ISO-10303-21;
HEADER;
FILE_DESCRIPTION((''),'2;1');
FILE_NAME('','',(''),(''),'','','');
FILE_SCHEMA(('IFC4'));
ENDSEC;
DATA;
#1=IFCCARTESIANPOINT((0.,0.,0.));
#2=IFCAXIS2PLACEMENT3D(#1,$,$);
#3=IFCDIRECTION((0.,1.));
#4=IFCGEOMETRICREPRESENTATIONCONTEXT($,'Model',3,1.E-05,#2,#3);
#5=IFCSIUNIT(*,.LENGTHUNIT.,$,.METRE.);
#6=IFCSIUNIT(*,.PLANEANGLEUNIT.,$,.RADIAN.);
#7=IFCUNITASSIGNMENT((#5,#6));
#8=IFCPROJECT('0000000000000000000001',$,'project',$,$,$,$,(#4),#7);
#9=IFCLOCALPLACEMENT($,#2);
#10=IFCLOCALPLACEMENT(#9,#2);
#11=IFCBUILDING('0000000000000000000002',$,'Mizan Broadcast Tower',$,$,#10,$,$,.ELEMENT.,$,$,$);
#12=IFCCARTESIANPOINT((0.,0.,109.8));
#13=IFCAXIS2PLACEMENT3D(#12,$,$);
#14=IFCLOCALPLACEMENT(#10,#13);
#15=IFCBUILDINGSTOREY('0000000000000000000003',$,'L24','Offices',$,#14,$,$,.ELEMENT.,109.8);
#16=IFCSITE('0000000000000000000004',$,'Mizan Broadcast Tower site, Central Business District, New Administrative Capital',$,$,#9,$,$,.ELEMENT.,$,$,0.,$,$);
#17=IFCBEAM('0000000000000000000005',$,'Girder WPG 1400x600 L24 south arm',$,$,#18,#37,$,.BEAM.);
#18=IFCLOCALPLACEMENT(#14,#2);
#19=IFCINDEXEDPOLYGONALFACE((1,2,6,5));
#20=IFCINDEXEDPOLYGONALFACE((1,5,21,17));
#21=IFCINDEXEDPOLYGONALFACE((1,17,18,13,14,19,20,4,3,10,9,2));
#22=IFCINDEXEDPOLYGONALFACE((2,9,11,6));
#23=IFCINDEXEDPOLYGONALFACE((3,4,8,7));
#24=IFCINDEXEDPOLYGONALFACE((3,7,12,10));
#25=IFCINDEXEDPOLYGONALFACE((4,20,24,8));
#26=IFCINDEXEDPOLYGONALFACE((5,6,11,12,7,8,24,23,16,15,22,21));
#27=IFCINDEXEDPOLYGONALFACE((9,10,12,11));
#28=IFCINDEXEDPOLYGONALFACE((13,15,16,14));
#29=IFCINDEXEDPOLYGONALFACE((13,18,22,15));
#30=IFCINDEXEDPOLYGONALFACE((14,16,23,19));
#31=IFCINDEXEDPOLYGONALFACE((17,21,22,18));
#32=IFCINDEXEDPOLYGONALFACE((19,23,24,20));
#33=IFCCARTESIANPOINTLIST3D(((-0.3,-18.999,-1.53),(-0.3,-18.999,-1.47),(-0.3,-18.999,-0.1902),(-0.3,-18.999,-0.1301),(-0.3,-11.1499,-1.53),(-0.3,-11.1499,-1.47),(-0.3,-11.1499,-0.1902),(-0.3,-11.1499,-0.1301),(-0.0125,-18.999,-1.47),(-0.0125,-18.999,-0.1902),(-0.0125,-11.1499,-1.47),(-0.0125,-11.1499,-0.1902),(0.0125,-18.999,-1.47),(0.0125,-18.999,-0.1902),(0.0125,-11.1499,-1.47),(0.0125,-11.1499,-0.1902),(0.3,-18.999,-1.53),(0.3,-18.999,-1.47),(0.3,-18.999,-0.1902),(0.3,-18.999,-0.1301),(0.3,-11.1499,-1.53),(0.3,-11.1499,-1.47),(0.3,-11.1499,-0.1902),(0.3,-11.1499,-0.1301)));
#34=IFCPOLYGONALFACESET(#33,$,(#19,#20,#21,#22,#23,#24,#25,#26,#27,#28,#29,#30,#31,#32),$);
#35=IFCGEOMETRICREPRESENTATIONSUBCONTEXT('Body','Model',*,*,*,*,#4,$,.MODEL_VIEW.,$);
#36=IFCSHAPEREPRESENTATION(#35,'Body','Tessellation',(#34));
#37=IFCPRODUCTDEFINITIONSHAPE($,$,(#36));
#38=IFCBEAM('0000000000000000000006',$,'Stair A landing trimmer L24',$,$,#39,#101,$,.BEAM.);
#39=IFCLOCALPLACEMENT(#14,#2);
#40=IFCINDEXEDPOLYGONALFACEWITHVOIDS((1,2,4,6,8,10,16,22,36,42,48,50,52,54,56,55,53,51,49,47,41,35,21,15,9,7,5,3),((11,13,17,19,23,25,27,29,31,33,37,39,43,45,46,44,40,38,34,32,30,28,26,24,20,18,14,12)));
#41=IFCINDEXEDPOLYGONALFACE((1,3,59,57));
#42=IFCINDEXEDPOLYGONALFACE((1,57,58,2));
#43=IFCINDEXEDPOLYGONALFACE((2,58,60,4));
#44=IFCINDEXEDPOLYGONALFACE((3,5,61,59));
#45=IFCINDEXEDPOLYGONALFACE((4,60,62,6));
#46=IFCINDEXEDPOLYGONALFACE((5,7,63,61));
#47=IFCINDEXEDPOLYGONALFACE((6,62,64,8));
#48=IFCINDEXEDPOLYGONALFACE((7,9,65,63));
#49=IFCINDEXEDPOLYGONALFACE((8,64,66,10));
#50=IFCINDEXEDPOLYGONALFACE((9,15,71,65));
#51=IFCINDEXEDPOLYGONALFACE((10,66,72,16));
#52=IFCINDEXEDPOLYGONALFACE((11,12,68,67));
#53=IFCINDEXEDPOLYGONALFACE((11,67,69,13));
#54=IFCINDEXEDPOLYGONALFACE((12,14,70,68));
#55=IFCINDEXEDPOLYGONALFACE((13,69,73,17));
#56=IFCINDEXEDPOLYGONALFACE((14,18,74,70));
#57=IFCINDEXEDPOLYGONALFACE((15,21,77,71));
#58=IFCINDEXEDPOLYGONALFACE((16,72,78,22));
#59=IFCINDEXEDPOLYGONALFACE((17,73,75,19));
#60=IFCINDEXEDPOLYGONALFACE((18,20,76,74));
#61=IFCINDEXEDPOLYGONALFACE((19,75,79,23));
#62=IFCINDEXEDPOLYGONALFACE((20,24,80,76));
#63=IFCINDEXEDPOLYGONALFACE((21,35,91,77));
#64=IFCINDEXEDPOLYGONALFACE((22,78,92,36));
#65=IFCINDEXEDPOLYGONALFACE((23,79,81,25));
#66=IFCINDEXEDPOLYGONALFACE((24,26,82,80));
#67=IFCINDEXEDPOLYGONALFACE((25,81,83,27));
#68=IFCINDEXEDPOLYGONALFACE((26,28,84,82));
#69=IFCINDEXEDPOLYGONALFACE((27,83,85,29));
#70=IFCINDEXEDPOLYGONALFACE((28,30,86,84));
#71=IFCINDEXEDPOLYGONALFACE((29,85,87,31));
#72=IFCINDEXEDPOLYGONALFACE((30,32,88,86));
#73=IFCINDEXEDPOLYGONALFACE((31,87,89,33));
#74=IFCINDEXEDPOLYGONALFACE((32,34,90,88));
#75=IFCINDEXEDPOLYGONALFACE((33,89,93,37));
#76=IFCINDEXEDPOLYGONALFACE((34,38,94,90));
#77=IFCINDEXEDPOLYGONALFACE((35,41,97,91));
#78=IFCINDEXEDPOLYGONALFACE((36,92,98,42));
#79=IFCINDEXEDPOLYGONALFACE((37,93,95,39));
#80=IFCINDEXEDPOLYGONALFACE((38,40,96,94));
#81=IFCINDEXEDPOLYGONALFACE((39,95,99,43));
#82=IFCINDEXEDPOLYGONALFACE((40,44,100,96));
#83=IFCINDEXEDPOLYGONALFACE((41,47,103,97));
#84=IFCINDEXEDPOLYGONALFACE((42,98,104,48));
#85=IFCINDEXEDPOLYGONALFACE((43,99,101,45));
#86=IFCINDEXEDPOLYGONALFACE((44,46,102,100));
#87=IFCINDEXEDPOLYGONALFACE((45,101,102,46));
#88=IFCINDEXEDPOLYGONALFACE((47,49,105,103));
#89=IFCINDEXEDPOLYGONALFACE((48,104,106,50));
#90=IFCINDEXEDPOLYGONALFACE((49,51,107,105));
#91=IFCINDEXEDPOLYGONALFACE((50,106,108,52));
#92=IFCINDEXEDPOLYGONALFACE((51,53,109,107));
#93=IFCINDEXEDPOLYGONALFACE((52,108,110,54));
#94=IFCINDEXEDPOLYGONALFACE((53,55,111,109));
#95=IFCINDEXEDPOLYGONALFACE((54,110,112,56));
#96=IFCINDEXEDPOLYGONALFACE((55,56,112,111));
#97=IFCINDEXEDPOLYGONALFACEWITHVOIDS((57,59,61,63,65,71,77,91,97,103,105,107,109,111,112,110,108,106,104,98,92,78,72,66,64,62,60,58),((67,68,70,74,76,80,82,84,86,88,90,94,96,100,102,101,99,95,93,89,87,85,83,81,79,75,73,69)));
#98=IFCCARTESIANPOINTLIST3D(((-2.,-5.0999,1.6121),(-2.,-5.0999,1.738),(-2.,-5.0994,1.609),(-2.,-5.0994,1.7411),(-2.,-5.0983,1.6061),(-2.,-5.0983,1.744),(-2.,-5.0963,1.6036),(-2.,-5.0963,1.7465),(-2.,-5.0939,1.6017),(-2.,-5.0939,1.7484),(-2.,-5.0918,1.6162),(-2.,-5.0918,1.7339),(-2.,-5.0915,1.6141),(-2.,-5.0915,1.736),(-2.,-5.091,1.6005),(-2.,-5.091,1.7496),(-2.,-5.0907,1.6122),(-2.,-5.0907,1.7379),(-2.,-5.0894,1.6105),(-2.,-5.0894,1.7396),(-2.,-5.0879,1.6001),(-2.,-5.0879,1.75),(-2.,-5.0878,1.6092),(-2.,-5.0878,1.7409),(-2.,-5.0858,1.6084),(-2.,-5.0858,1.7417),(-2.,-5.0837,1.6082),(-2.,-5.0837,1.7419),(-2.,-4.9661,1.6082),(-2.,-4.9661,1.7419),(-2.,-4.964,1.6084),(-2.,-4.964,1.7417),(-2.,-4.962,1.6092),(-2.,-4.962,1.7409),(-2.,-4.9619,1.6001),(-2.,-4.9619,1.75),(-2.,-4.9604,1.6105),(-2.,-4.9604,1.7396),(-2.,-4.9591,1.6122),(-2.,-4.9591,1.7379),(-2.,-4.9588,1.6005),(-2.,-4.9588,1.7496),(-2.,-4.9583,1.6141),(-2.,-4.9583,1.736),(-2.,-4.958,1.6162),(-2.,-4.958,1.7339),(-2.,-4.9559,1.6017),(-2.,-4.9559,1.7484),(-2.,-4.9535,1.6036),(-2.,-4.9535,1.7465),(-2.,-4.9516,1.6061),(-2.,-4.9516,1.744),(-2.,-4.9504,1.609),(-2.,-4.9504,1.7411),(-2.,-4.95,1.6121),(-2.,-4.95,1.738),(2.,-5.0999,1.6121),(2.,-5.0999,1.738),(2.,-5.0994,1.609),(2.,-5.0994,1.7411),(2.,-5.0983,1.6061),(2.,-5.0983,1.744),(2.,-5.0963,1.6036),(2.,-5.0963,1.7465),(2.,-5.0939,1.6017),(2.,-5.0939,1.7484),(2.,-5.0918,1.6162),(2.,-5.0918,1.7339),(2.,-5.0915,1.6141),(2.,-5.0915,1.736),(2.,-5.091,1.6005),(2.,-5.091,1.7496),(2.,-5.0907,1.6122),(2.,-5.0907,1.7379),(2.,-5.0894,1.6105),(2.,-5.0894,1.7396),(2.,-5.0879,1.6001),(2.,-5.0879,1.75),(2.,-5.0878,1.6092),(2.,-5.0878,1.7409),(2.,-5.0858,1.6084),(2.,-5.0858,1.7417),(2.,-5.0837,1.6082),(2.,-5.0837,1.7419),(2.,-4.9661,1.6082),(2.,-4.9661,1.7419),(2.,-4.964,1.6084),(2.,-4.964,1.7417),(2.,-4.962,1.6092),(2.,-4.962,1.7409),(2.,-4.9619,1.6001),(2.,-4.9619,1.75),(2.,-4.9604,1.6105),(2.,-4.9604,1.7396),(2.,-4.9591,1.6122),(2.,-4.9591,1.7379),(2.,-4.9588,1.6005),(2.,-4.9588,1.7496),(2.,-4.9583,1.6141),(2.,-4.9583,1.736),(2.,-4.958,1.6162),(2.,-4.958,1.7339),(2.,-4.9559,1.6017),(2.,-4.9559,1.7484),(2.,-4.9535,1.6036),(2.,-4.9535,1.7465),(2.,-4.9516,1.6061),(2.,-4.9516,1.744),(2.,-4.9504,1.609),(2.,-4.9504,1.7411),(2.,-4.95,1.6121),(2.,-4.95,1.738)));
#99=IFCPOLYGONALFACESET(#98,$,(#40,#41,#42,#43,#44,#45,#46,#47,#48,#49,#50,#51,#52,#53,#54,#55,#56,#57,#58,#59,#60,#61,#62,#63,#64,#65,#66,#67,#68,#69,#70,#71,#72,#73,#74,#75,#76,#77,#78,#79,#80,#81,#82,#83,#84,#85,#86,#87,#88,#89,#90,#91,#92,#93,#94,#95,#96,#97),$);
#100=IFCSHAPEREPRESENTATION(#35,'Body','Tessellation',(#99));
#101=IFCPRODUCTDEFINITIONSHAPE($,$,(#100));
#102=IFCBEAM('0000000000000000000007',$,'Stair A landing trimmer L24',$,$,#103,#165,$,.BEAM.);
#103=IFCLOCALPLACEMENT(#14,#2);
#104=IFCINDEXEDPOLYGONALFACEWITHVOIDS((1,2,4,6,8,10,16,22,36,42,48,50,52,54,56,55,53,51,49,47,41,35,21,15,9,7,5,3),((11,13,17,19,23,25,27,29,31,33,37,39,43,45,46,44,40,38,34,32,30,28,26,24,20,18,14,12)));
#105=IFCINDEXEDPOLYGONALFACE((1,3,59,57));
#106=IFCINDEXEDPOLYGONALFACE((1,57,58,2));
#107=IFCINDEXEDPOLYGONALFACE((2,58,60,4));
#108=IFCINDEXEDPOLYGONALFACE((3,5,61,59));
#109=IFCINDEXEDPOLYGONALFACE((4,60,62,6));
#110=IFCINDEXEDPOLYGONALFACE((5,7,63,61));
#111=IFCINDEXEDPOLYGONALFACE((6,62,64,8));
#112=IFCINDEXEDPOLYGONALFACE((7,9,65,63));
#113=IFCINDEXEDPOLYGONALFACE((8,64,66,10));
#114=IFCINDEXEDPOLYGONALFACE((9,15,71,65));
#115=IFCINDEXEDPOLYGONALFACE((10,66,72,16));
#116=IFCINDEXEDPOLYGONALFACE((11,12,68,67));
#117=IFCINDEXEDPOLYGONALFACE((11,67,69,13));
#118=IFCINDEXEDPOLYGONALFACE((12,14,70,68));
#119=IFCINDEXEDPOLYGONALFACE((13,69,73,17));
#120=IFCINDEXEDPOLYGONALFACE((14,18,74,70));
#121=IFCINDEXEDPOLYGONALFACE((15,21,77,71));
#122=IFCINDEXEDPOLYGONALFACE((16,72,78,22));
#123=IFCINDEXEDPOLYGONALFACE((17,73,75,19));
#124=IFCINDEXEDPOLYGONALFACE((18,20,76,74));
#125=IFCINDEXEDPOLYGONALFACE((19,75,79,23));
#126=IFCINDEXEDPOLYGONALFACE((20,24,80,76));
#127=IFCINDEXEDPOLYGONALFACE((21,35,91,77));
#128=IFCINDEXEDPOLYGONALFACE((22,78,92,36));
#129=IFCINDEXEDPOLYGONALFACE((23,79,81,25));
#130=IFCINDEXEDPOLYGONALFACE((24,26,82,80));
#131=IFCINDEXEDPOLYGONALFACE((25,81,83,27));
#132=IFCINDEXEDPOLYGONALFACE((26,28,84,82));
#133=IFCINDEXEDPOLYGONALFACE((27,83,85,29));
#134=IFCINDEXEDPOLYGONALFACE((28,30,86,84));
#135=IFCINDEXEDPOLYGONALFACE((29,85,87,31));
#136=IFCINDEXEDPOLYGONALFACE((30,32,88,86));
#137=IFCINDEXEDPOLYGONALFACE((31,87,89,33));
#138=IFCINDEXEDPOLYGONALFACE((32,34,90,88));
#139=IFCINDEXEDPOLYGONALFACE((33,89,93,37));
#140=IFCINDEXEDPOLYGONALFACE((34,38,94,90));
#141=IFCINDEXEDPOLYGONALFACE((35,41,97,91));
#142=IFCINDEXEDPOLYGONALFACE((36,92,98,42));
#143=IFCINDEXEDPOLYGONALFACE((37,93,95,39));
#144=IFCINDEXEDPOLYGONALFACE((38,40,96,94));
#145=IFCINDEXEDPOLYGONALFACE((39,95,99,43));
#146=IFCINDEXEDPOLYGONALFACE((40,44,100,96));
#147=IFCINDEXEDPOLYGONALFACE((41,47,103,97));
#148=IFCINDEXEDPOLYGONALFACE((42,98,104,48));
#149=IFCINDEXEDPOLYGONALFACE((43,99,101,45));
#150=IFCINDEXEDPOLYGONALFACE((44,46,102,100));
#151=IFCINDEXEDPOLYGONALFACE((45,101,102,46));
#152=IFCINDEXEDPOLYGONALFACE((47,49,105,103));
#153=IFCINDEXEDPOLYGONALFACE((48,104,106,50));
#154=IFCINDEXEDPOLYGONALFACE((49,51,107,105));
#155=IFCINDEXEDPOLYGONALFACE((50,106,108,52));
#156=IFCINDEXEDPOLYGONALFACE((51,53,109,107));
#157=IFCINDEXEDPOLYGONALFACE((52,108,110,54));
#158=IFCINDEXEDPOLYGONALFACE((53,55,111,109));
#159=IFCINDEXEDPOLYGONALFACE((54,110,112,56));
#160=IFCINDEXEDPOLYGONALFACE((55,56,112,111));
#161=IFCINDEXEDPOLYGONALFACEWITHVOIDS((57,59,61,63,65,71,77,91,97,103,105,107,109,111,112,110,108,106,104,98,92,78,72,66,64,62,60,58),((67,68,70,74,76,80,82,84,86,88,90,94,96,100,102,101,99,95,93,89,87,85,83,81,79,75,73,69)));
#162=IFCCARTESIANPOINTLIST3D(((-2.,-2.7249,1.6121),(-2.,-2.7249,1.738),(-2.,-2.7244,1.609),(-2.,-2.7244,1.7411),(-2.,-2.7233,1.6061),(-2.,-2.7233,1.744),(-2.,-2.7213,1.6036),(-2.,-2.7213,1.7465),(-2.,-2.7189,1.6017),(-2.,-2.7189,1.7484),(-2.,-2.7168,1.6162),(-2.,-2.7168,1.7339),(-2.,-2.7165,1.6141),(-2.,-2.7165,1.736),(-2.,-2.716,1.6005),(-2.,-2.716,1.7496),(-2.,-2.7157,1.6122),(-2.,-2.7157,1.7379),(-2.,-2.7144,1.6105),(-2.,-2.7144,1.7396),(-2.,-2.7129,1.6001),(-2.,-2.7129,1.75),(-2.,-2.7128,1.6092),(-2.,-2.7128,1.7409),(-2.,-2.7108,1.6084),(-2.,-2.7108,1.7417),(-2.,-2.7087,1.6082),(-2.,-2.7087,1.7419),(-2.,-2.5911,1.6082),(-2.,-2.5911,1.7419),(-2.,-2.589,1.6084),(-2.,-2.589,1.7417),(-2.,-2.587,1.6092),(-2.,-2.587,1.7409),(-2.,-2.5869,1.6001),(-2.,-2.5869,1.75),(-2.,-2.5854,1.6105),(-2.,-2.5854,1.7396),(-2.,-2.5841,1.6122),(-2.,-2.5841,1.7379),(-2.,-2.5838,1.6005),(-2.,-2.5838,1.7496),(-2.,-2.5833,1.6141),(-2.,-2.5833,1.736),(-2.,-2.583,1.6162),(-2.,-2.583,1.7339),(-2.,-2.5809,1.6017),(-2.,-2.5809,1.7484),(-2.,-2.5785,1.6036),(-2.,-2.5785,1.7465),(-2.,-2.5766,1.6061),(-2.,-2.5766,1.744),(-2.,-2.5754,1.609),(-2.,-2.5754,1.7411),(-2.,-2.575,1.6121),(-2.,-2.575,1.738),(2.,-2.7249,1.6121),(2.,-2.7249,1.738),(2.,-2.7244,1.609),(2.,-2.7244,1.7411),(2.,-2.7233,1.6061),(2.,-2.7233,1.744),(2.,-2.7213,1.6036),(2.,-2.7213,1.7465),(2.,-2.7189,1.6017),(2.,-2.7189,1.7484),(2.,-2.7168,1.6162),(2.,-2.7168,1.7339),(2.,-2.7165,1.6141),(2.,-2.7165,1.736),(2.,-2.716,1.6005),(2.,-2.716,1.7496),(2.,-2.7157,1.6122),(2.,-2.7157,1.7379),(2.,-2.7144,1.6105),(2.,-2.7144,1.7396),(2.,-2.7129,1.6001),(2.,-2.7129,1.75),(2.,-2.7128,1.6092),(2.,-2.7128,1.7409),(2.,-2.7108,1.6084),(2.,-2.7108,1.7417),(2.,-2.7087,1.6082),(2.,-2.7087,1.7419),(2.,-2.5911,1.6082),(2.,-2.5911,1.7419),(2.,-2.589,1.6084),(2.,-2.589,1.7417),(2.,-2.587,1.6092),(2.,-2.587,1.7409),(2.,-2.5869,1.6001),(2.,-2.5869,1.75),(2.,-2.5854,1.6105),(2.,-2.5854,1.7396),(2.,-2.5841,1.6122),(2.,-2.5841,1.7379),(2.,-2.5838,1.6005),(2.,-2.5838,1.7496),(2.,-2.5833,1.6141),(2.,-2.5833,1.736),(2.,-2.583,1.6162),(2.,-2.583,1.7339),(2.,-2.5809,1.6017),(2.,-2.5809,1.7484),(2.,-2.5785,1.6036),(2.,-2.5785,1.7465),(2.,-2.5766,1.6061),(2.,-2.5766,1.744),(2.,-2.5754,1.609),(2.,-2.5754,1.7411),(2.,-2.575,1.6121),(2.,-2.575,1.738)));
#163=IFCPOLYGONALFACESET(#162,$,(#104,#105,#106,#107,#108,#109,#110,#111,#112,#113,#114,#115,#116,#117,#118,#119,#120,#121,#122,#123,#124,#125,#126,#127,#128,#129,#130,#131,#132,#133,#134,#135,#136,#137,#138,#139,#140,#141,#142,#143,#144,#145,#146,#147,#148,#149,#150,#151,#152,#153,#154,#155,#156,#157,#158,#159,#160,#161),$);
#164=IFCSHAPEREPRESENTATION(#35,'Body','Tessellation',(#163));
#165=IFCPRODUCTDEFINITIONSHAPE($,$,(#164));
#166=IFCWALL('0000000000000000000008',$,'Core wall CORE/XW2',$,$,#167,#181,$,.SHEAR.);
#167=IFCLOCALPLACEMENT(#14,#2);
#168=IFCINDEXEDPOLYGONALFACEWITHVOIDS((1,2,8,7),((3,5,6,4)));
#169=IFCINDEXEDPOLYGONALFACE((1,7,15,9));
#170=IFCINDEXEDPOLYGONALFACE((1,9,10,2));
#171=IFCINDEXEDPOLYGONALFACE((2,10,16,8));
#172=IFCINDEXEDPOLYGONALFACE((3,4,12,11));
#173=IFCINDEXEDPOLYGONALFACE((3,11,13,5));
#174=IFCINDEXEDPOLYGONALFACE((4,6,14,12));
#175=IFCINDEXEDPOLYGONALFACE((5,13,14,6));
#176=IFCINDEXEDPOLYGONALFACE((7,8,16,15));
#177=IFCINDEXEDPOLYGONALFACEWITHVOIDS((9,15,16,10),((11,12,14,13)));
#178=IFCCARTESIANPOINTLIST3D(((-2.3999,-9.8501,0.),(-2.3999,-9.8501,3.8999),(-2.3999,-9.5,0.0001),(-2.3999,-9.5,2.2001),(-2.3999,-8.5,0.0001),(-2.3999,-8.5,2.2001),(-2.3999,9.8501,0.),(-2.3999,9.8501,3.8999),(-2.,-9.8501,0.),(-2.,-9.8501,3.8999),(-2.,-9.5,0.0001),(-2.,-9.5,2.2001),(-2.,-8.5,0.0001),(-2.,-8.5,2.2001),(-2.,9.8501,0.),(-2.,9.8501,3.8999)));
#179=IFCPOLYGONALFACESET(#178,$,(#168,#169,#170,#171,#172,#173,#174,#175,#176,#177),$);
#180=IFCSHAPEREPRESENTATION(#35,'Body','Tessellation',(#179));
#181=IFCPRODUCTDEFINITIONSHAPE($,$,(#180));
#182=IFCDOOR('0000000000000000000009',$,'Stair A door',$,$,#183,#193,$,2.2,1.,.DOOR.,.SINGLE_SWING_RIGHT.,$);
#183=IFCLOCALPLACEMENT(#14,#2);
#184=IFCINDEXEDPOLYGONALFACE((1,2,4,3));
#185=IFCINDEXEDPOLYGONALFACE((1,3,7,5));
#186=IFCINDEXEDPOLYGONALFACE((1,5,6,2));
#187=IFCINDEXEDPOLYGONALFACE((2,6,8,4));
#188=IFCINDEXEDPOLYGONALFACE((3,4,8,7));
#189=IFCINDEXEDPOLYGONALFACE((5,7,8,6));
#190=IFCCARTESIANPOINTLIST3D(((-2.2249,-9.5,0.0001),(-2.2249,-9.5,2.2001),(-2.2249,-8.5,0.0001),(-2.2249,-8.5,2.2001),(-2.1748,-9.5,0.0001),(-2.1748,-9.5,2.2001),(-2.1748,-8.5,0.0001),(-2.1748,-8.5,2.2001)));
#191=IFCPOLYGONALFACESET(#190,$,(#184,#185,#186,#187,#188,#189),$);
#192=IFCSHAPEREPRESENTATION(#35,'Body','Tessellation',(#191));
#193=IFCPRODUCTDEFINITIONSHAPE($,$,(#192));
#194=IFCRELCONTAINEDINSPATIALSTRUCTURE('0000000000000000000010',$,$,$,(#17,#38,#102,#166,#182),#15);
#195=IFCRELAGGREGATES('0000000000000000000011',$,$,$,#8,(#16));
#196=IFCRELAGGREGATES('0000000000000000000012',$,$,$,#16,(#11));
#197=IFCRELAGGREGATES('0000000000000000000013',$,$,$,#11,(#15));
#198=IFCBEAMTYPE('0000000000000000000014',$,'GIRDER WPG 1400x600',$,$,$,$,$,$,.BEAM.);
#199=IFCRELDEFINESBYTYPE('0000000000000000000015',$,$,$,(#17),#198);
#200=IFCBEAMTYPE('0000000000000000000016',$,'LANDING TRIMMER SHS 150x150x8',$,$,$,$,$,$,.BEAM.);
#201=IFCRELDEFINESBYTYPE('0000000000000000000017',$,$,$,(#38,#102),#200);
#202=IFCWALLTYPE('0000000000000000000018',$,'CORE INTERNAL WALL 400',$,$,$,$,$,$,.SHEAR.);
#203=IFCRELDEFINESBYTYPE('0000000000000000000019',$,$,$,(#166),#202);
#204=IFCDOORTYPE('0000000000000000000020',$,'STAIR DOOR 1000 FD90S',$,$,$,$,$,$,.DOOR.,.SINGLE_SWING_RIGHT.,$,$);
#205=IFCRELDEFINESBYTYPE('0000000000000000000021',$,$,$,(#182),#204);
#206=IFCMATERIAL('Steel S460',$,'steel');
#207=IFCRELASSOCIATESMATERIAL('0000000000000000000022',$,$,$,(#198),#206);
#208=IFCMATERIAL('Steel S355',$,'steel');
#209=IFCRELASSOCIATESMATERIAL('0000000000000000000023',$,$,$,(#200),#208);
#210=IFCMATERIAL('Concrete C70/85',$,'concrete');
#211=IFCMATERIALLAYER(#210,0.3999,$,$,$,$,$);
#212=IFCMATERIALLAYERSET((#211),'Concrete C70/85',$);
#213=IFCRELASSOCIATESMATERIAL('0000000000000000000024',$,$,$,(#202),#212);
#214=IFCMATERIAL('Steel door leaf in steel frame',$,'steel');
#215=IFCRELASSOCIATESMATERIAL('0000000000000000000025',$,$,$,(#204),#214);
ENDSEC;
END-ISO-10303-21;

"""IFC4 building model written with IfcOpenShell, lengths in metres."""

from ifc_helpers import new_model, si_unit, direction, frame, frame_2d, origin, origin_2d, place, context, subcontext, project, spatial, rectangle, hollow_rectangle, i_section, extrude, material, layer, layer_set, material_profile, profile_set, type_object, element, fill, save


model = new_model("IFC4")

# Units and contexts
model_context = context("Model", 3, precision=1e-05, world=origin(), true_north=direction((0.0, 1.0)))
body_context = subcontext(model_context, "Body", "Model", "MODEL_VIEW")
ifc_project = project(units=[si_unit("LENGTHUNIT", "METRE"), si_unit("PLANEANGLEUNIT", "RADIAN")], contexts=[model_context])

# Site, building, storey
site_placement = place(None, origin())
site = spatial("IfcSite", under=ifc_project, at=site_placement, Name="Mizan Broadcast Tower site, Central Business District, New Administrative Capital", CompositionType="ELEMENT", RefElevation=0.0)
building_placement = place(site_placement, origin())
building = spatial("IfcBuilding", under=site, at=building_placement, Name="Mizan Broadcast Tower", CompositionType="ELEMENT")
storey_placement = place(building_placement, frame((0.0, 0.0, 109.8)))
storey = spatial("IfcBuildingStorey", under=building, at=storey_placement, Name="L24", Description="Offices", CompositionType="ELEMENT", Elevation=109.8)

# Beams
ifc_material_1 = material(Name="Steel S460", Category="steel")
ifc_material_profile_1 = material_profile(ifc_material_1, i_section(OverallWidth=0.6001, OverallDepth=1.3999, WebThickness=0.0249, FlangeThickness=0.0601, at=origin_2d()), Name="WPG 1400x600")
ifc_profile_set_1 = profile_set([ifc_material_profile_1], Name="Steel S460")
beam_type_1 = type_object("IfcBeamType", Name="GIRDER WPG 1400x600", PredefinedType="BEAM", material=ifc_profile_set_1)
beam_placement = place(storey_placement, frame((0.0, -11.1499, -0.8301), z_axis=(0.0, -1.0, 0.0), x_axis=(1.0, 0.0, 0.0)))
element("IfcBeam", 1, at=beam_placement, inside=storey, type_object=beam_type_1, Name="Girder WPG 1400x600 L24 south arm", PredefinedType="BEAM", context=body_context, shape_type="SweptSolid", body=[
    extrude(i_section(OverallWidth=0.6001, OverallDepth=1.3999, WebThickness=0.0249, FlangeThickness=0.0601, at=origin_2d()), origin(), (0.0, 0.0, 1.0), 7.8491),
])
ifc_material_2 = material(Name="Steel S355", Category="steel")
ifc_material_profile_2 = material_profile(ifc_material_2, hollow_rectangle(XDim=0.1499, YDim=0.1499, WallThickness=0.0081, InnerFilletRadius=0.0081, OuterFilletRadius=0.012, at=origin_2d()), Name="SHS 150x150x8")
ifc_profile_set_2 = profile_set([ifc_material_profile_2], Name="Steel S355")
beam_type_2 = type_object("IfcBeamType", Name="LANDING TRIMMER SHS 150x150x8", PredefinedType="BEAM", material=ifc_profile_set_2)
for number, where, z_axis, x_axis, name in (
    (2, (-2.0, -5.0249, 1.675), (1.0, 0.0, 0.0), (0.0, 1.0, 0.0), "Stair A landing trimmer L24"),
    (3, (-2.0, -2.6499, 1.675), (1.0, 0.0, 0.0), (0.0, 1.0, 0.0), "Stair A landing trimmer L24"),
):
    element("IfcBeam", number, at=place(storey_placement, frame(where, z_axis=z_axis, x_axis=x_axis)), inside=storey, type_object=beam_type_2, Name=name, PredefinedType="BEAM", context=body_context, shape_type="SweptSolid", body=[
        extrude(hollow_rectangle(XDim=0.1499, YDim=0.1499, WallThickness=0.0081, InnerFilletRadius=0.0081, OuterFilletRadius=0.012, at=origin_2d()), origin(), (0.0, 0.0, 1.0), 4.0),
    ])

# Wall, opening, door
ifc_material_3 = material(Name="Concrete C70/85", Category="concrete")
ifc_layer_1 = layer(ifc_material_3, 0.3999)
ifc_layer_set_1 = layer_set([ifc_layer_1], Name="Concrete C70/85")
wall_type_1 = type_object("IfcWallType", Name="CORE INTERNAL WALL 400", PredefinedType="SHEAR", material=ifc_layer_set_1)
wall_1_placement = place(storey_placement, frame((-2.2, -9.8501, 0.0), z_axis=(0.0, 0.0, 1.0), x_axis=(0.0, 1.0, 0.0)))
wall_1 = element("IfcWall", 4, at=wall_1_placement, inside=storey, type_object=wall_type_1, Name="Core wall CORE/XW2", PredefinedType="SHEAR", context=body_context, shape_type="SweptSolid", body=[
    extrude(rectangle(XDim=19.7002, YDim=0.3999, at=frame_2d((9.8501, 0.0))), origin(), (0.0, 0.0, 1.0), 3.8999),
])
opening_1_placement = place(wall_1_placement, frame((0.3501, 0.0, 0.0)))
opening_1 = element("IfcOpeningElement", 5, at=opening_1_placement, cuts=wall_1, PredefinedType="OPENING", context=body_context, shape_type="SweptSolid", body=[
    extrude(rectangle(XDim=1.0, YDim=2.2, at=frame_2d((0.5, 1.1001))), frame((0.0, 0.21, 0.0), z_axis=(0.0, -1.0, 0.0), x_axis=(1.0, 0.0, 0.0)), (0.0, 0.0, 1.0), 0.4199),
])
ifc_material_4 = material(Name="Steel door leaf in steel frame", Category="steel")
door_type_1 = type_object("IfcDoorType", Name="STAIR DOOR 1000 FD90S", OperationType="SINGLE_SWING_RIGHT", PredefinedType="DOOR", material=ifc_material_4)
door_1_placement = place(opening_1_placement, origin())
door_1 = element("IfcDoor", 6, at=door_1_placement, inside=storey, type_object=door_type_1, Name="Stair A door", OperationType="SINGLE_SWING_RIGHT", OverallHeight=2.2, OverallWidth=1.0, PredefinedType="DOOR", context=body_context, shape_type="SweptSolid", body=[
    extrude(rectangle(XDim=1.0, YDim=2.2, at=frame_2d((0.5, 1.1001))), frame((0.0, 0.0249, 0.0), z_axis=(0.0, -1.0, 0.0), x_axis=(1.0, 0.0, 0.0)), (0.0, 0.0, 1.0), 0.05),
])
fill(opening_1, door_1)

save(model, "model.ifc")
